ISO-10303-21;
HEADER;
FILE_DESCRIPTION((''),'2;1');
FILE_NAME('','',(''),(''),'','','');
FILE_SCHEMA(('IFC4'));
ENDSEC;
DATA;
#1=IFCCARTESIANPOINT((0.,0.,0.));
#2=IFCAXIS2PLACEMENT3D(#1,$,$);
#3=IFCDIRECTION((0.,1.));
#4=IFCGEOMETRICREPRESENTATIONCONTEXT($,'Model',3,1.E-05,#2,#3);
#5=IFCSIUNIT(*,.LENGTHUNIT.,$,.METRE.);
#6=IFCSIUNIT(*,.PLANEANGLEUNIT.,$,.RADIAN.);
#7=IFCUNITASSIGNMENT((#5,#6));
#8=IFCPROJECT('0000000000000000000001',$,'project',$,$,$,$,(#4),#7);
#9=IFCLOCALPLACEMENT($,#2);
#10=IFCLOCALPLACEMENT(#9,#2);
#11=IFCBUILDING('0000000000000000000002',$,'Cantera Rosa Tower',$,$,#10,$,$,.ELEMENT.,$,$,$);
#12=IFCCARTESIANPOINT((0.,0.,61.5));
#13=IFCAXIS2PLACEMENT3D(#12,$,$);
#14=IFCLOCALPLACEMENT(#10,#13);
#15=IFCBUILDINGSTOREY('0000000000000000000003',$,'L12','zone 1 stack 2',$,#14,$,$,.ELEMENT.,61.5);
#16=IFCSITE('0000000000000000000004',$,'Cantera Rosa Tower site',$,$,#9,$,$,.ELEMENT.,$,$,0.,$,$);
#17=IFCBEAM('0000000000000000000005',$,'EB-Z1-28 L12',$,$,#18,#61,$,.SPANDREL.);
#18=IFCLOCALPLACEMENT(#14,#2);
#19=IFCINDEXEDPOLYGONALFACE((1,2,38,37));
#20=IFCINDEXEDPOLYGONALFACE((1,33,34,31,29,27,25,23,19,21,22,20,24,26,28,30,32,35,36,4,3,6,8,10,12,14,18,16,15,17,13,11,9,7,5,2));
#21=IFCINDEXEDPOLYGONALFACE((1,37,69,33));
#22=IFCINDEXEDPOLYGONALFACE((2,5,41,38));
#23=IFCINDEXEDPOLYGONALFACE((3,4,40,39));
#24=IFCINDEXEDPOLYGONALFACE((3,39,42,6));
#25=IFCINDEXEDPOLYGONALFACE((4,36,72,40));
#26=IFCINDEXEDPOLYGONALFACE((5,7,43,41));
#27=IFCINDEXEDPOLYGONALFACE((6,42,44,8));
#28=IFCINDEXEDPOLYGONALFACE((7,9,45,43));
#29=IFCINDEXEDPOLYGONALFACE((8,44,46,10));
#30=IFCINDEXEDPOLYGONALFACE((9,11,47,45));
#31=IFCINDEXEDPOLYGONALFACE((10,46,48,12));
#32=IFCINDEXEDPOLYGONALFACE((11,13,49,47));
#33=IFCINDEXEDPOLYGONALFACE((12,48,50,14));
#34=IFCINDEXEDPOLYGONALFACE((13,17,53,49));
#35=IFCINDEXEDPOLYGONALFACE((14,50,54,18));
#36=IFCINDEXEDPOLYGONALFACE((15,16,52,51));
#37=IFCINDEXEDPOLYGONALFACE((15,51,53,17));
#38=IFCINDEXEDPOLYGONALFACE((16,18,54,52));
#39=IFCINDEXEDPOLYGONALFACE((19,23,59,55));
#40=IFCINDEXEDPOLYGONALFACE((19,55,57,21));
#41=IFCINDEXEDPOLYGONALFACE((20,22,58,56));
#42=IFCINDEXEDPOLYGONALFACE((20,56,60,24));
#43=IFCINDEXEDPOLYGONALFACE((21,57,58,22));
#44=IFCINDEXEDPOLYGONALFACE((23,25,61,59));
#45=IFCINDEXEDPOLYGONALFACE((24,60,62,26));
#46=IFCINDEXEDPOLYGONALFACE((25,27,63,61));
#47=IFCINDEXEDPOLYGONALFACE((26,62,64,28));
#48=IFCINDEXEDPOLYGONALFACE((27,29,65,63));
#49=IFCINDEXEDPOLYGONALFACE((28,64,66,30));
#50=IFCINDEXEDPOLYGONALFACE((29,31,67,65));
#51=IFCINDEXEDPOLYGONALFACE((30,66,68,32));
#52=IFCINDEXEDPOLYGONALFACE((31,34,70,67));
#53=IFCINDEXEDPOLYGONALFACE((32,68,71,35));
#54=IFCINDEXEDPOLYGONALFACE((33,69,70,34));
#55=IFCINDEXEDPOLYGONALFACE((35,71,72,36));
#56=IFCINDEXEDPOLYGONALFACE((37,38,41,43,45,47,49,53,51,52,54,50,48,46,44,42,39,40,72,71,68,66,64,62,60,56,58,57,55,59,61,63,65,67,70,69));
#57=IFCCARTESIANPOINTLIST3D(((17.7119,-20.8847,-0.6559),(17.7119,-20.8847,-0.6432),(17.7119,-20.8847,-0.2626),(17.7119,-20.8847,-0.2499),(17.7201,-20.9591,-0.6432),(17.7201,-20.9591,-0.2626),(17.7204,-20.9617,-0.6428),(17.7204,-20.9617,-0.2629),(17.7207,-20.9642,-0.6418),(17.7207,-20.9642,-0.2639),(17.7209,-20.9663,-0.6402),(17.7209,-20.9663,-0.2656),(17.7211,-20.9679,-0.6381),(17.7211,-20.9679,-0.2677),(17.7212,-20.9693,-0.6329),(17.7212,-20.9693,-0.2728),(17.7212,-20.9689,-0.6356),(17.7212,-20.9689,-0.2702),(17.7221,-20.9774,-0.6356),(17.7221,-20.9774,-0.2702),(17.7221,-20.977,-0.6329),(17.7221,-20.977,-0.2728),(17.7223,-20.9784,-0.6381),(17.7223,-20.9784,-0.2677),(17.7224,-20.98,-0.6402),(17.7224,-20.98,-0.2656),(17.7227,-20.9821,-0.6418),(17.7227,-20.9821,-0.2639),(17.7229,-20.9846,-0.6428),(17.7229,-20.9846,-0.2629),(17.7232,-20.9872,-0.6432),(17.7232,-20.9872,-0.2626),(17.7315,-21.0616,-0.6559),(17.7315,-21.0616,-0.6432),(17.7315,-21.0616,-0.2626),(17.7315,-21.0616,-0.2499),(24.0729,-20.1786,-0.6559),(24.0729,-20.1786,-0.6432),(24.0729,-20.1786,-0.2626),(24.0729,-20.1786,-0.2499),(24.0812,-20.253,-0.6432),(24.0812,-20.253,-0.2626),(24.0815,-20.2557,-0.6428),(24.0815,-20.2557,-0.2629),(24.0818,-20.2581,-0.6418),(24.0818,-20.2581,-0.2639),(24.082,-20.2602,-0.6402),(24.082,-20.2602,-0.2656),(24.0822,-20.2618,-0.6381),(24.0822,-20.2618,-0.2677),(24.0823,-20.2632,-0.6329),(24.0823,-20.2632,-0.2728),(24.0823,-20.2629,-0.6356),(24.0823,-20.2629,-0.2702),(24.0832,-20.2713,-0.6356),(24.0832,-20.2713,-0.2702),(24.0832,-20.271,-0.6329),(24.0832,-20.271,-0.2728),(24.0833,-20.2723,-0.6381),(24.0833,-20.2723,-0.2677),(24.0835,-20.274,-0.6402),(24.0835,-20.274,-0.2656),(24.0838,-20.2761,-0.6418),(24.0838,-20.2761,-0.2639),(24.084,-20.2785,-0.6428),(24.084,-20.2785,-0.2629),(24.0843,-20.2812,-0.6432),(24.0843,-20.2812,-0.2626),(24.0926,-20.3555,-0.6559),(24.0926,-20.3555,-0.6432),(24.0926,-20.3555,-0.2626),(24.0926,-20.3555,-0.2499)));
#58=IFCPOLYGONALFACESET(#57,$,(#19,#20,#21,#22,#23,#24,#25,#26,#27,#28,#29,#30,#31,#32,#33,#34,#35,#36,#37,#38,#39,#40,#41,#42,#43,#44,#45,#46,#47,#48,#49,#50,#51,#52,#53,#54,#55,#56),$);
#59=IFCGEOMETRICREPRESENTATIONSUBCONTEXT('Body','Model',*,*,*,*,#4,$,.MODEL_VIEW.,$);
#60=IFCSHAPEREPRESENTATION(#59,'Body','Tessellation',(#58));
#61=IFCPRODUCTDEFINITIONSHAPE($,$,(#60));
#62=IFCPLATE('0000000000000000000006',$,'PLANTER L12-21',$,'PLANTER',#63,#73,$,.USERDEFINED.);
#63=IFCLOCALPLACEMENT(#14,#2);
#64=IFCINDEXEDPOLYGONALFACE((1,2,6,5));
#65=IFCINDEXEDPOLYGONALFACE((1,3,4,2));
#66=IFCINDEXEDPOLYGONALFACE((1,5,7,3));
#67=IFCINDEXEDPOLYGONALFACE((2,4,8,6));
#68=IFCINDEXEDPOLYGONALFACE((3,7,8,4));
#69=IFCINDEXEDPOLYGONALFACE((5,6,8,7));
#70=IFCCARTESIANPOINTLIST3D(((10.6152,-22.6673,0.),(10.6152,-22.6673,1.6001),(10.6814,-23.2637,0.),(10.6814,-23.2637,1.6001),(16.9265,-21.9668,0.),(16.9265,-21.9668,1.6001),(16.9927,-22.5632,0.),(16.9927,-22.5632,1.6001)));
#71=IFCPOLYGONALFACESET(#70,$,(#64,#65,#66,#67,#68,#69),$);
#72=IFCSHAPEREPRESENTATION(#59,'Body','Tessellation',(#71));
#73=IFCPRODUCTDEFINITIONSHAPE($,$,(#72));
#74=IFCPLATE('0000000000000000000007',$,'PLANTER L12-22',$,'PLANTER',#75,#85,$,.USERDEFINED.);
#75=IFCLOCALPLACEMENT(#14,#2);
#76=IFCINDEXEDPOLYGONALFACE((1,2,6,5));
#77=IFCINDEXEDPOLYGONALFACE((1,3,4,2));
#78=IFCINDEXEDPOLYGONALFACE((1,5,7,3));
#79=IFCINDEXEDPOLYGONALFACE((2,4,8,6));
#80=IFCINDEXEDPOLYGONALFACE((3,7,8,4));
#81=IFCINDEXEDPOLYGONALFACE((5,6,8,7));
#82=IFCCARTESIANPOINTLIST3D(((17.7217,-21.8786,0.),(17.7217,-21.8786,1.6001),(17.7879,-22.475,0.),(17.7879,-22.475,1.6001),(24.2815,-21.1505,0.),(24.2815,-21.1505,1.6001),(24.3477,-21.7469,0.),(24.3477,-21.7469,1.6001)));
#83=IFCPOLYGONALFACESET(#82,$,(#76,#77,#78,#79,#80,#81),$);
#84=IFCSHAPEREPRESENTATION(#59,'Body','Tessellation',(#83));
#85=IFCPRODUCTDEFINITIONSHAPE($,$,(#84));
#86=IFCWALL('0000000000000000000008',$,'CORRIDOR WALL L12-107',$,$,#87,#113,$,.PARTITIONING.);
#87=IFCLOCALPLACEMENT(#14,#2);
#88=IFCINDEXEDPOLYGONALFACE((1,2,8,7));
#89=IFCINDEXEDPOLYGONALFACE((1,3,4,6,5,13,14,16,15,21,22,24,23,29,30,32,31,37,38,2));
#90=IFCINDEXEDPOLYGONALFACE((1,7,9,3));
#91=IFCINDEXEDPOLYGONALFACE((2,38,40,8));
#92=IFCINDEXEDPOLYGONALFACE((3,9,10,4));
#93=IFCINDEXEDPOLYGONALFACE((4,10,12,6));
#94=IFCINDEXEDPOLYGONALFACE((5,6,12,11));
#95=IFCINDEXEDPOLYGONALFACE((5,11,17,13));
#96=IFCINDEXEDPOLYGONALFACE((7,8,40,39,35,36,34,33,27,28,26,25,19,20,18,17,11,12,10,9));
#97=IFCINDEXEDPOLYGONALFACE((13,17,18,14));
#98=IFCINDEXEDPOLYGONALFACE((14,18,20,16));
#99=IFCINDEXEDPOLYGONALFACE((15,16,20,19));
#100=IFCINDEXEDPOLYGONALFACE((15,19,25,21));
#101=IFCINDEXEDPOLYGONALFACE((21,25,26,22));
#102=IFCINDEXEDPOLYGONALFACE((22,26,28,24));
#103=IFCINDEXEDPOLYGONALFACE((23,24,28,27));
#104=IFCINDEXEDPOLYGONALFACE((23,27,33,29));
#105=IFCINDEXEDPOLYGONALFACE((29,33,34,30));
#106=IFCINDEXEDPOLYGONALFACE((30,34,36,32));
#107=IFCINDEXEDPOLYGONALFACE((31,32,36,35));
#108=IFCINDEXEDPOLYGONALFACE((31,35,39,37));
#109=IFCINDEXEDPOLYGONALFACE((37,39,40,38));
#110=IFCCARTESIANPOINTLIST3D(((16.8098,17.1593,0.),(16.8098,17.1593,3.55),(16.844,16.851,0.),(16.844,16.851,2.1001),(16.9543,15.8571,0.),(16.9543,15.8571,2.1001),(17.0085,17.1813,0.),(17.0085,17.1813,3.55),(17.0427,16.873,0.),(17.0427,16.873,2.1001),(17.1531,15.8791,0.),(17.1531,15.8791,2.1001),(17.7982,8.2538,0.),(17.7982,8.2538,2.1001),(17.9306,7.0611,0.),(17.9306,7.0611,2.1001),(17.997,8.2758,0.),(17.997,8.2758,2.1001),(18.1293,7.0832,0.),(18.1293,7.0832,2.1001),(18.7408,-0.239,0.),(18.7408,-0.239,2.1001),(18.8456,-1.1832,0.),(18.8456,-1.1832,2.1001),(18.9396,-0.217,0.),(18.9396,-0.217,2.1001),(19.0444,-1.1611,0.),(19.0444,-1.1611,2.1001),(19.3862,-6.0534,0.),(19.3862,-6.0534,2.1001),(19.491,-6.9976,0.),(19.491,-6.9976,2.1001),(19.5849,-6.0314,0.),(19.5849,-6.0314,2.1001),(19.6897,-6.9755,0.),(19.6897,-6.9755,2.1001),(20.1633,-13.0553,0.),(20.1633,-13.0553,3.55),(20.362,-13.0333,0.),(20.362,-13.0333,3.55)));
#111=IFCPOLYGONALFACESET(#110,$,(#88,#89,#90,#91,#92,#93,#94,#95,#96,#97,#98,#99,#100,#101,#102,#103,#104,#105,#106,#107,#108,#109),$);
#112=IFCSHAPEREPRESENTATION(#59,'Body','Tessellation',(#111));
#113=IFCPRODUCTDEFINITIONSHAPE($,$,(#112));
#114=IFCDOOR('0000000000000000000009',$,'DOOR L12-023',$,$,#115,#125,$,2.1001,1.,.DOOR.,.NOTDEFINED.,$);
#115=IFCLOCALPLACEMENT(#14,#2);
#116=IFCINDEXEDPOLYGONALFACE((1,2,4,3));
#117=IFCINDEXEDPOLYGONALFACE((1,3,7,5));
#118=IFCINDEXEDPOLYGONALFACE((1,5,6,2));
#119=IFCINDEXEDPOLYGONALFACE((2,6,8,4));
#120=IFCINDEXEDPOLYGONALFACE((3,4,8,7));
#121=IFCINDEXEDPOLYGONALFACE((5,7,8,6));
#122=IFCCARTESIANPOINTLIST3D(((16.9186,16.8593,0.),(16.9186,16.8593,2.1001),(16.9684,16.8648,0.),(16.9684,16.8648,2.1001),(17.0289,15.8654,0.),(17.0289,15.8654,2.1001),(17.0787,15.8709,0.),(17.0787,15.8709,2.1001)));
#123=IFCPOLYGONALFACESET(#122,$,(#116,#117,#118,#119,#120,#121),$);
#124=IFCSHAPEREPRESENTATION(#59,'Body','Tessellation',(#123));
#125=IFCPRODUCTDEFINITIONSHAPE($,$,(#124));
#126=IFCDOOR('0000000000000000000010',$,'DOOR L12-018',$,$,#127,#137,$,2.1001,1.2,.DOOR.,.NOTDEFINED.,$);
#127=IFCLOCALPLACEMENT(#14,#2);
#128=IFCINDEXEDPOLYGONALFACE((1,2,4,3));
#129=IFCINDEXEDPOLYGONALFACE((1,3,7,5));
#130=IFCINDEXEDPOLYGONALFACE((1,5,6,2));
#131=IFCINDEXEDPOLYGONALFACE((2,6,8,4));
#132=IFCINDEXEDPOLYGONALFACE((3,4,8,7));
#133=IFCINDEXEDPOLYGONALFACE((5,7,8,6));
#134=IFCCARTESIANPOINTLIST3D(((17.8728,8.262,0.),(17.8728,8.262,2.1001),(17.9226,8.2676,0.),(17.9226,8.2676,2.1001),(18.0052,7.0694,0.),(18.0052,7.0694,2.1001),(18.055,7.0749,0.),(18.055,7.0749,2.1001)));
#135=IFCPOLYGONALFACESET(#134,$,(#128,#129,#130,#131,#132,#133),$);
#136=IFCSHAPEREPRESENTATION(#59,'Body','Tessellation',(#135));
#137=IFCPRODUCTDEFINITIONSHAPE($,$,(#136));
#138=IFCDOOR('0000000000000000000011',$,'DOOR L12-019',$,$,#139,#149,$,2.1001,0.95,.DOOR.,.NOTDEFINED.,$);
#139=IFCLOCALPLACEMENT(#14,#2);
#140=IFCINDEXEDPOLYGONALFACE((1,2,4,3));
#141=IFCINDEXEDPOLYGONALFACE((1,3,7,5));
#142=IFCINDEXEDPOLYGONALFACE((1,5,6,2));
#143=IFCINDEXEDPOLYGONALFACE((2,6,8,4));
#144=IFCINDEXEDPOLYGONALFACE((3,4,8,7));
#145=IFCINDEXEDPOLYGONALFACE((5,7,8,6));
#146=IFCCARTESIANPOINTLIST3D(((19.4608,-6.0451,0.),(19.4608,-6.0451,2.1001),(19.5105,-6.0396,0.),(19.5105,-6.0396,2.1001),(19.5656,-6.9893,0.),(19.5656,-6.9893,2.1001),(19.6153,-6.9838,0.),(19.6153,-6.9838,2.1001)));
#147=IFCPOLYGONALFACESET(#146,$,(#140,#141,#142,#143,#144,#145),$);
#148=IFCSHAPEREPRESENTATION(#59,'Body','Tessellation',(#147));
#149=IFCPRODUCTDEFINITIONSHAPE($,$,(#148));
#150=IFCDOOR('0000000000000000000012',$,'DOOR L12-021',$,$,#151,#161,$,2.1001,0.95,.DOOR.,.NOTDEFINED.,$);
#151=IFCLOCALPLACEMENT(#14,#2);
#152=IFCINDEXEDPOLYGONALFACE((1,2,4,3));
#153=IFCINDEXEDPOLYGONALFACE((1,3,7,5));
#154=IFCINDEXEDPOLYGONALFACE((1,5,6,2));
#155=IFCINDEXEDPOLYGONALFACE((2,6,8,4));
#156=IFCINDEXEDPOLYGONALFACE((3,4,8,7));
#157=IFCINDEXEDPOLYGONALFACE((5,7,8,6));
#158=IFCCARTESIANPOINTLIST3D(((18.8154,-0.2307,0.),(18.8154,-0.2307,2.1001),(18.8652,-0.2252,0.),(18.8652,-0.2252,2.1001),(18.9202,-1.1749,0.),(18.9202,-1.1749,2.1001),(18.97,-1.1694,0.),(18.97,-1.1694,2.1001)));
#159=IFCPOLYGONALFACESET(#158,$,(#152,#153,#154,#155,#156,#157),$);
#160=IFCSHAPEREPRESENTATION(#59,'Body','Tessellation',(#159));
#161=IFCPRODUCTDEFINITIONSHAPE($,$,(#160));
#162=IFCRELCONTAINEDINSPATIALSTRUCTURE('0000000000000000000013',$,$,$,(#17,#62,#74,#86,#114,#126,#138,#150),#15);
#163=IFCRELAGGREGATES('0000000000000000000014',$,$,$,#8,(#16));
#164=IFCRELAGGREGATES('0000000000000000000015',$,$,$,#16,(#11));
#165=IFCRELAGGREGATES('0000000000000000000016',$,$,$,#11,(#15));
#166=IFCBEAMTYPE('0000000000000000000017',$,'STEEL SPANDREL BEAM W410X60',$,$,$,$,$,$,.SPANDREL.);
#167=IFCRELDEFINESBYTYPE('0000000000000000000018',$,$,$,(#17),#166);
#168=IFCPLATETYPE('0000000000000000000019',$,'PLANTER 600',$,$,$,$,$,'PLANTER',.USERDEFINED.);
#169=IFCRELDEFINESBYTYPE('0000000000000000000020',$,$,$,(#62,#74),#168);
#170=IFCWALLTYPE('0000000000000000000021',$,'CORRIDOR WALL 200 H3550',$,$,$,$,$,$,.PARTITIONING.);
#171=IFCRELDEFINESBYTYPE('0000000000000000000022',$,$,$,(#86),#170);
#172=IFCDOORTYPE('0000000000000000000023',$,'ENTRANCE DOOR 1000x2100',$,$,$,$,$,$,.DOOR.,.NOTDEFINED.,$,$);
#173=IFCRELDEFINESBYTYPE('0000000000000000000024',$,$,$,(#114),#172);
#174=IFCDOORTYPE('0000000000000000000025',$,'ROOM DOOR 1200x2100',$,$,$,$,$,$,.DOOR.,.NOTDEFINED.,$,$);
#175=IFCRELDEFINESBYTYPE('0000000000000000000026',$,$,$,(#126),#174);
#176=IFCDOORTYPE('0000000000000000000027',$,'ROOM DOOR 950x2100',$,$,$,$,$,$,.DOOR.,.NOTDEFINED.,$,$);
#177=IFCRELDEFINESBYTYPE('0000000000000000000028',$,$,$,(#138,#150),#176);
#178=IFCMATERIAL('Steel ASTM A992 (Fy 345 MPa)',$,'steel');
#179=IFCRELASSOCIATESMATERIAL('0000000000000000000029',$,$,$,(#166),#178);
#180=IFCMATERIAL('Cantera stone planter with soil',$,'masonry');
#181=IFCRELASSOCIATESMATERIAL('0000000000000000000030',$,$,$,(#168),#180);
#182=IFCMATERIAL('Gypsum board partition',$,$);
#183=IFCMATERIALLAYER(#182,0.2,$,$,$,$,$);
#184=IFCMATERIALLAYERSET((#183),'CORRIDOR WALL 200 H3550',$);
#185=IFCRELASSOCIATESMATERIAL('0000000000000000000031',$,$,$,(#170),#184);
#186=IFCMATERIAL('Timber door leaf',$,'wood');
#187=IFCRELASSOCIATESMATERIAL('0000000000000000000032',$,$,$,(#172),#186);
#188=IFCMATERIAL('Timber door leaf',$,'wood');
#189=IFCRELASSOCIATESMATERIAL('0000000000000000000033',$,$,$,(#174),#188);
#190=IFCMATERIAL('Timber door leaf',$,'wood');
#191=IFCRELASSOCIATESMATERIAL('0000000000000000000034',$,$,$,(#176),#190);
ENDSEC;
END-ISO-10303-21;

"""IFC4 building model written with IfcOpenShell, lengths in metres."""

from ifc_helpers import new_model, si_unit, direction, frame, frame_2d, origin, origin_2d, place, context, subcontext, project, spatial, rectangle, i_section, extrude, material, layer, layer_set, material_profile, profile_set, type_object, element, fill, save


model = new_model("IFC4")

# Units and contexts
model_context = context("Model", 3, precision=1e-05, world=origin(), true_north=direction((0.0, 1.0)))
body_context = subcontext(model_context, "Body", "Model", "MODEL_VIEW")
ifc_project = project(units=[si_unit("LENGTHUNIT", "METRE"), si_unit("PLANEANGLEUNIT", "RADIAN")], contexts=[model_context])

# Site, building, storey
site_placement = place(None, origin())
site = spatial("IfcSite", under=ifc_project, at=site_placement, Name="Cantera Rosa Tower site", CompositionType="ELEMENT", RefElevation=0.0)
building_placement = place(site_placement, origin())
building = spatial("IfcBuilding", under=site, at=building_placement, Name="Cantera Rosa Tower", CompositionType="ELEMENT")
storey_placement = place(building_placement, frame((0.0, 0.0, 61.5)))
storey = spatial("IfcBuildingStorey", under=building, at=storey_placement, Name="L12", Description="zone 1 stack 2", CompositionType="ELEMENT", Elevation=61.5)

# Beam
ifc_material_1 = material(Name="Steel ASTM A992 (Fy 345 MPa)", Category="steel")
ifc_material_profile_1 = material_profile(ifc_material_1, i_section(OverallWidth=0.178, OverallDepth=0.406, WebThickness=0.0078, FlangeThickness=0.0127, FilletRadius=0.0103, at=origin_2d()), Name="W410X60")
ifc_profile_set_1 = profile_set([ifc_material_profile_1], Name="Steel ASTM A992 (Fy 345 MPa)")
beam_type_1 = type_object("IfcBeamType", Name="STEEL SPANDREL BEAM W410X60", PredefinedType="SPANDREL", material=ifc_profile_set_1)
beam_1_placement = place(storey_placement, frame((17.7217, -20.9731, -0.4529), z_axis=(0.993896, 0.110318, 0.0), x_axis=(-0.110318, 0.993896, 0.0)))
element("IfcBeam", 1, at=beam_1_placement, inside=storey, type_object=beam_type_1, Name="EB-Z1-28 L12", PredefinedType="SPANDREL", context=body_context, shape_type="SweptSolid", body=[
    extrude(i_section(OverallWidth=0.178, OverallDepth=0.406, WebThickness=0.0078, FlangeThickness=0.0127, FilletRadius=0.0103, at=origin_2d()), origin(), (0.0, 0.0, 1.0), 6.4001),
])

# Plates
ifc_material_2 = material(Name="Cantera stone planter with soil", Category="masonry")
plate_type = type_object("IfcPlateType", Name="PLANTER 600", ElementType="PLANTER", PredefinedType="USERDEFINED", material=ifc_material_2)
plate_1_placement = place(storey_placement, frame((13.804, -22.6152, 0.0), z_axis=(0.0, 0.0, 1.0), x_axis=(0.993897, 0.110313, 0.0)))
element("IfcPlate", 2, at=plate_1_placement, inside=storey, type_object=plate_type, Name="PLANTER L12-21", ObjectType="PLANTER", PredefinedType="USERDEFINED", context=body_context, shape_type="SweptSolid", body=[
    extrude(rectangle(XDim=6.3501, YDim=0.6001, at=origin_2d()), origin(), (0.0, 0.0, 1.0), 1.6001),
])
plate_2_placement = place(storey_placement, frame((21.0347, -21.8127, 0.0), z_axis=(0.0, 0.0, 1.0), x_axis=(0.993897, 0.110313, 0.0)))
element("IfcPlate", 3, at=plate_2_placement, inside=storey, type_object=plate_type, Name="PLANTER L12-22", ObjectType="PLANTER", PredefinedType="USERDEFINED", context=body_context, shape_type="SweptSolid", body=[
    extrude(rectangle(XDim=6.6001, YDim=0.6001, at=origin_2d()), origin(), (0.0, 0.0, 1.0), 1.6001),
])

# Wall, openings, doors
ifc_material_3 = material(Name="Gypsum board partition")
ifc_layer_1 = layer(ifc_material_3, 0.2)
ifc_layer_set_1 = layer_set([ifc_layer_1], Name="CORRIDOR WALL 200 H3550")
wall_type_1 = type_object("IfcWallType", Name="CORRIDOR WALL 200 H3550", PredefinedType="PARTITIONING", material=ifc_layer_set_1)
wall_1_placement = place(storey_placement, frame((20.2627, -13.0444, 0.0), z_axis=(0.0, 0.0, 1.0), x_axis=(-0.110313, 0.993897, 0.0)))
wall_1 = element("IfcWall", 4, at=wall_1_placement, inside=storey, type_object=wall_type_1, Name="CORRIDOR WALL L12-107", PredefinedType="PARTITIONING", context=body_context, shape_type="SweptSolid", body=[
    extrude(rectangle(XDim=30.4001, YDim=0.2, at=frame_2d((15.2002, 0.0))), origin(), (0.0, 0.0, 1.0), 3.55),
])
opening_1_placement = place(wall_1_placement, frame((20.24, 0.0, 0.0)))
opening_1 = element("IfcOpeningElement", 5, at=opening_1_placement, cuts=wall_1, PredefinedType="OPENING", context=body_context, shape_type="SweptSolid", body=[
    extrude(rectangle(XDim=1.2, YDim=2.1001, at=frame_2d((0.6001, 1.05))), frame((0.0, 0.1099, 0.0), z_axis=(0.0, -1.0, 0.0), x_axis=(1.0, 0.0, 0.0)), (0.0, 0.0, 1.0), 0.22),
])
opening_2_placement = place(wall_1_placement, frame((6.095, 0.0, 0.0)))
opening_2 = element("IfcOpeningElement", 6, at=opening_2_placement, cuts=wall_1, PredefinedType="OPENING", context=body_context, shape_type="SweptSolid", body=[
    extrude(rectangle(XDim=0.95, YDim=2.1001, at=frame_2d((0.4751, 1.05))), frame((0.0, 0.1099, 0.0), z_axis=(0.0, -1.0, 0.0), x_axis=(1.0, 0.0, 0.0)), (0.0, 0.0, 1.0), 0.22),
])
opening_3_placement = place(wall_1_placement, frame((11.9451, 0.0, 0.0)))
opening_3 = element("IfcOpeningElement", 7, at=opening_3_placement, cuts=wall_1, PredefinedType="OPENING", context=body_context, shape_type="SweptSolid", body=[
    extrude(rectangle(XDim=0.95, YDim=2.1001, at=frame_2d((0.4751, 1.05))), frame((0.0, 0.1099, 0.0), z_axis=(0.0, -1.0, 0.0), x_axis=(1.0, 0.0, 0.0)), (0.0, 0.0, 1.0), 0.22),
])
opening_4_placement = place(wall_1_placement, frame((29.0901, 0.0, 0.0)))
opening_4 = element("IfcOpeningElement", 8, at=opening_4_placement, cuts=wall_1, PredefinedType="OPENING", context=body_context, shape_type="SweptSolid", body=[
    extrude(rectangle(XDim=1.0, YDim=2.1001, at=frame_2d((0.5, 1.05))), frame((0.0, 0.1099, 0.0), z_axis=(0.0, -1.0, 0.0), x_axis=(1.0, 0.0, 0.0)), (0.0, 0.0, 1.0), 0.22),
])
ifc_material_4 = material(Name="Timber door leaf", Category="wood")
door_type_1 = type_object("IfcDoorType", Name="ENTRANCE DOOR 1000x2100", OperationType="NOTDEFINED", PredefinedType="DOOR", material=ifc_material_4)
door_1_placement = place(opening_4_placement, origin())
door_1 = element("IfcDoor", 9, at=door_1_placement, inside=storey, type_object=door_type_1, Name="DOOR L12-023", OperationType="NOTDEFINED", OverallHeight=2.1001, OverallWidth=1.0, PredefinedType="DOOR", context=body_context, shape_type="SweptSolid", body=[
    extrude(rectangle(XDim=1.0, YDim=2.1001, at=frame_2d((0.5, 1.05))), frame((0.0, 0.0249, 0.0), z_axis=(0.0, -1.0, 0.0), x_axis=(1.0, 0.0, 0.0)), (0.0, 0.0, 1.0), 0.05),
])
fill(opening_4, door_1)
ifc_material_5 = material(Name="Timber door leaf", Category="wood")
door_type_2 = type_object("IfcDoorType", Name="ROOM DOOR 1200x2100", OperationType="NOTDEFINED", PredefinedType="DOOR", material=ifc_material_5)
door_2_placement = place(opening_1_placement, origin())
door_2 = element("IfcDoor", 10, at=door_2_placement, inside=storey, type_object=door_type_2, Name="DOOR L12-018", OperationType="NOTDEFINED", OverallHeight=2.1001, OverallWidth=1.2, PredefinedType="DOOR", context=body_context, shape_type="SweptSolid", body=[
    extrude(rectangle(XDim=1.2, YDim=2.1001, at=frame_2d((0.6001, 1.05))), frame((0.0, 0.0249, 0.0), z_axis=(0.0, -1.0, 0.0), x_axis=(1.0, 0.0, 0.0)), (0.0, 0.0, 1.0), 0.05),
])
fill(opening_1, door_2)
ifc_material_6 = material(Name="Timber door leaf", Category="wood")
door_type_3 = type_object("IfcDoorType", Name="ROOM DOOR 950x2100", OperationType="NOTDEFINED", PredefinedType="DOOR", material=ifc_material_6)
door_3_placement = place(opening_2_placement, origin())
door_3 = element("IfcDoor", 11, at=door_3_placement, inside=storey, type_object=door_type_3, Name="DOOR L12-019", OperationType="NOTDEFINED", OverallHeight=2.1001, OverallWidth=0.95, PredefinedType="DOOR", context=body_context, shape_type="SweptSolid", body=[
    extrude(rectangle(XDim=0.95, YDim=2.1001, at=frame_2d((0.4751, 1.05))), frame((0.0, 0.0249, 0.0), z_axis=(0.0, -1.0, 0.0), x_axis=(1.0, 0.0, 0.0)), (0.0, 0.0, 1.0), 0.05),
])
fill(opening_2, door_3)
door_4_placement = place(opening_3_placement, origin())
door_4 = element("IfcDoor", 12, at=door_4_placement, inside=storey, type_object=door_type_3, Name="DOOR L12-021", OperationType="NOTDEFINED", OverallHeight=2.1001, OverallWidth=0.95, PredefinedType="DOOR", context=body_context, shape_type="SweptSolid", body=[
    extrude(rectangle(XDim=0.95, YDim=2.1001, at=frame_2d((0.4751, 1.05))), frame((0.0, 0.0249, 0.0), z_axis=(0.0, -1.0, 0.0), x_axis=(1.0, 0.0, 0.0)), (0.0, 0.0, 1.0), 0.05),
])
fill(opening_3, door_4)

save(model, "model.ifc")
